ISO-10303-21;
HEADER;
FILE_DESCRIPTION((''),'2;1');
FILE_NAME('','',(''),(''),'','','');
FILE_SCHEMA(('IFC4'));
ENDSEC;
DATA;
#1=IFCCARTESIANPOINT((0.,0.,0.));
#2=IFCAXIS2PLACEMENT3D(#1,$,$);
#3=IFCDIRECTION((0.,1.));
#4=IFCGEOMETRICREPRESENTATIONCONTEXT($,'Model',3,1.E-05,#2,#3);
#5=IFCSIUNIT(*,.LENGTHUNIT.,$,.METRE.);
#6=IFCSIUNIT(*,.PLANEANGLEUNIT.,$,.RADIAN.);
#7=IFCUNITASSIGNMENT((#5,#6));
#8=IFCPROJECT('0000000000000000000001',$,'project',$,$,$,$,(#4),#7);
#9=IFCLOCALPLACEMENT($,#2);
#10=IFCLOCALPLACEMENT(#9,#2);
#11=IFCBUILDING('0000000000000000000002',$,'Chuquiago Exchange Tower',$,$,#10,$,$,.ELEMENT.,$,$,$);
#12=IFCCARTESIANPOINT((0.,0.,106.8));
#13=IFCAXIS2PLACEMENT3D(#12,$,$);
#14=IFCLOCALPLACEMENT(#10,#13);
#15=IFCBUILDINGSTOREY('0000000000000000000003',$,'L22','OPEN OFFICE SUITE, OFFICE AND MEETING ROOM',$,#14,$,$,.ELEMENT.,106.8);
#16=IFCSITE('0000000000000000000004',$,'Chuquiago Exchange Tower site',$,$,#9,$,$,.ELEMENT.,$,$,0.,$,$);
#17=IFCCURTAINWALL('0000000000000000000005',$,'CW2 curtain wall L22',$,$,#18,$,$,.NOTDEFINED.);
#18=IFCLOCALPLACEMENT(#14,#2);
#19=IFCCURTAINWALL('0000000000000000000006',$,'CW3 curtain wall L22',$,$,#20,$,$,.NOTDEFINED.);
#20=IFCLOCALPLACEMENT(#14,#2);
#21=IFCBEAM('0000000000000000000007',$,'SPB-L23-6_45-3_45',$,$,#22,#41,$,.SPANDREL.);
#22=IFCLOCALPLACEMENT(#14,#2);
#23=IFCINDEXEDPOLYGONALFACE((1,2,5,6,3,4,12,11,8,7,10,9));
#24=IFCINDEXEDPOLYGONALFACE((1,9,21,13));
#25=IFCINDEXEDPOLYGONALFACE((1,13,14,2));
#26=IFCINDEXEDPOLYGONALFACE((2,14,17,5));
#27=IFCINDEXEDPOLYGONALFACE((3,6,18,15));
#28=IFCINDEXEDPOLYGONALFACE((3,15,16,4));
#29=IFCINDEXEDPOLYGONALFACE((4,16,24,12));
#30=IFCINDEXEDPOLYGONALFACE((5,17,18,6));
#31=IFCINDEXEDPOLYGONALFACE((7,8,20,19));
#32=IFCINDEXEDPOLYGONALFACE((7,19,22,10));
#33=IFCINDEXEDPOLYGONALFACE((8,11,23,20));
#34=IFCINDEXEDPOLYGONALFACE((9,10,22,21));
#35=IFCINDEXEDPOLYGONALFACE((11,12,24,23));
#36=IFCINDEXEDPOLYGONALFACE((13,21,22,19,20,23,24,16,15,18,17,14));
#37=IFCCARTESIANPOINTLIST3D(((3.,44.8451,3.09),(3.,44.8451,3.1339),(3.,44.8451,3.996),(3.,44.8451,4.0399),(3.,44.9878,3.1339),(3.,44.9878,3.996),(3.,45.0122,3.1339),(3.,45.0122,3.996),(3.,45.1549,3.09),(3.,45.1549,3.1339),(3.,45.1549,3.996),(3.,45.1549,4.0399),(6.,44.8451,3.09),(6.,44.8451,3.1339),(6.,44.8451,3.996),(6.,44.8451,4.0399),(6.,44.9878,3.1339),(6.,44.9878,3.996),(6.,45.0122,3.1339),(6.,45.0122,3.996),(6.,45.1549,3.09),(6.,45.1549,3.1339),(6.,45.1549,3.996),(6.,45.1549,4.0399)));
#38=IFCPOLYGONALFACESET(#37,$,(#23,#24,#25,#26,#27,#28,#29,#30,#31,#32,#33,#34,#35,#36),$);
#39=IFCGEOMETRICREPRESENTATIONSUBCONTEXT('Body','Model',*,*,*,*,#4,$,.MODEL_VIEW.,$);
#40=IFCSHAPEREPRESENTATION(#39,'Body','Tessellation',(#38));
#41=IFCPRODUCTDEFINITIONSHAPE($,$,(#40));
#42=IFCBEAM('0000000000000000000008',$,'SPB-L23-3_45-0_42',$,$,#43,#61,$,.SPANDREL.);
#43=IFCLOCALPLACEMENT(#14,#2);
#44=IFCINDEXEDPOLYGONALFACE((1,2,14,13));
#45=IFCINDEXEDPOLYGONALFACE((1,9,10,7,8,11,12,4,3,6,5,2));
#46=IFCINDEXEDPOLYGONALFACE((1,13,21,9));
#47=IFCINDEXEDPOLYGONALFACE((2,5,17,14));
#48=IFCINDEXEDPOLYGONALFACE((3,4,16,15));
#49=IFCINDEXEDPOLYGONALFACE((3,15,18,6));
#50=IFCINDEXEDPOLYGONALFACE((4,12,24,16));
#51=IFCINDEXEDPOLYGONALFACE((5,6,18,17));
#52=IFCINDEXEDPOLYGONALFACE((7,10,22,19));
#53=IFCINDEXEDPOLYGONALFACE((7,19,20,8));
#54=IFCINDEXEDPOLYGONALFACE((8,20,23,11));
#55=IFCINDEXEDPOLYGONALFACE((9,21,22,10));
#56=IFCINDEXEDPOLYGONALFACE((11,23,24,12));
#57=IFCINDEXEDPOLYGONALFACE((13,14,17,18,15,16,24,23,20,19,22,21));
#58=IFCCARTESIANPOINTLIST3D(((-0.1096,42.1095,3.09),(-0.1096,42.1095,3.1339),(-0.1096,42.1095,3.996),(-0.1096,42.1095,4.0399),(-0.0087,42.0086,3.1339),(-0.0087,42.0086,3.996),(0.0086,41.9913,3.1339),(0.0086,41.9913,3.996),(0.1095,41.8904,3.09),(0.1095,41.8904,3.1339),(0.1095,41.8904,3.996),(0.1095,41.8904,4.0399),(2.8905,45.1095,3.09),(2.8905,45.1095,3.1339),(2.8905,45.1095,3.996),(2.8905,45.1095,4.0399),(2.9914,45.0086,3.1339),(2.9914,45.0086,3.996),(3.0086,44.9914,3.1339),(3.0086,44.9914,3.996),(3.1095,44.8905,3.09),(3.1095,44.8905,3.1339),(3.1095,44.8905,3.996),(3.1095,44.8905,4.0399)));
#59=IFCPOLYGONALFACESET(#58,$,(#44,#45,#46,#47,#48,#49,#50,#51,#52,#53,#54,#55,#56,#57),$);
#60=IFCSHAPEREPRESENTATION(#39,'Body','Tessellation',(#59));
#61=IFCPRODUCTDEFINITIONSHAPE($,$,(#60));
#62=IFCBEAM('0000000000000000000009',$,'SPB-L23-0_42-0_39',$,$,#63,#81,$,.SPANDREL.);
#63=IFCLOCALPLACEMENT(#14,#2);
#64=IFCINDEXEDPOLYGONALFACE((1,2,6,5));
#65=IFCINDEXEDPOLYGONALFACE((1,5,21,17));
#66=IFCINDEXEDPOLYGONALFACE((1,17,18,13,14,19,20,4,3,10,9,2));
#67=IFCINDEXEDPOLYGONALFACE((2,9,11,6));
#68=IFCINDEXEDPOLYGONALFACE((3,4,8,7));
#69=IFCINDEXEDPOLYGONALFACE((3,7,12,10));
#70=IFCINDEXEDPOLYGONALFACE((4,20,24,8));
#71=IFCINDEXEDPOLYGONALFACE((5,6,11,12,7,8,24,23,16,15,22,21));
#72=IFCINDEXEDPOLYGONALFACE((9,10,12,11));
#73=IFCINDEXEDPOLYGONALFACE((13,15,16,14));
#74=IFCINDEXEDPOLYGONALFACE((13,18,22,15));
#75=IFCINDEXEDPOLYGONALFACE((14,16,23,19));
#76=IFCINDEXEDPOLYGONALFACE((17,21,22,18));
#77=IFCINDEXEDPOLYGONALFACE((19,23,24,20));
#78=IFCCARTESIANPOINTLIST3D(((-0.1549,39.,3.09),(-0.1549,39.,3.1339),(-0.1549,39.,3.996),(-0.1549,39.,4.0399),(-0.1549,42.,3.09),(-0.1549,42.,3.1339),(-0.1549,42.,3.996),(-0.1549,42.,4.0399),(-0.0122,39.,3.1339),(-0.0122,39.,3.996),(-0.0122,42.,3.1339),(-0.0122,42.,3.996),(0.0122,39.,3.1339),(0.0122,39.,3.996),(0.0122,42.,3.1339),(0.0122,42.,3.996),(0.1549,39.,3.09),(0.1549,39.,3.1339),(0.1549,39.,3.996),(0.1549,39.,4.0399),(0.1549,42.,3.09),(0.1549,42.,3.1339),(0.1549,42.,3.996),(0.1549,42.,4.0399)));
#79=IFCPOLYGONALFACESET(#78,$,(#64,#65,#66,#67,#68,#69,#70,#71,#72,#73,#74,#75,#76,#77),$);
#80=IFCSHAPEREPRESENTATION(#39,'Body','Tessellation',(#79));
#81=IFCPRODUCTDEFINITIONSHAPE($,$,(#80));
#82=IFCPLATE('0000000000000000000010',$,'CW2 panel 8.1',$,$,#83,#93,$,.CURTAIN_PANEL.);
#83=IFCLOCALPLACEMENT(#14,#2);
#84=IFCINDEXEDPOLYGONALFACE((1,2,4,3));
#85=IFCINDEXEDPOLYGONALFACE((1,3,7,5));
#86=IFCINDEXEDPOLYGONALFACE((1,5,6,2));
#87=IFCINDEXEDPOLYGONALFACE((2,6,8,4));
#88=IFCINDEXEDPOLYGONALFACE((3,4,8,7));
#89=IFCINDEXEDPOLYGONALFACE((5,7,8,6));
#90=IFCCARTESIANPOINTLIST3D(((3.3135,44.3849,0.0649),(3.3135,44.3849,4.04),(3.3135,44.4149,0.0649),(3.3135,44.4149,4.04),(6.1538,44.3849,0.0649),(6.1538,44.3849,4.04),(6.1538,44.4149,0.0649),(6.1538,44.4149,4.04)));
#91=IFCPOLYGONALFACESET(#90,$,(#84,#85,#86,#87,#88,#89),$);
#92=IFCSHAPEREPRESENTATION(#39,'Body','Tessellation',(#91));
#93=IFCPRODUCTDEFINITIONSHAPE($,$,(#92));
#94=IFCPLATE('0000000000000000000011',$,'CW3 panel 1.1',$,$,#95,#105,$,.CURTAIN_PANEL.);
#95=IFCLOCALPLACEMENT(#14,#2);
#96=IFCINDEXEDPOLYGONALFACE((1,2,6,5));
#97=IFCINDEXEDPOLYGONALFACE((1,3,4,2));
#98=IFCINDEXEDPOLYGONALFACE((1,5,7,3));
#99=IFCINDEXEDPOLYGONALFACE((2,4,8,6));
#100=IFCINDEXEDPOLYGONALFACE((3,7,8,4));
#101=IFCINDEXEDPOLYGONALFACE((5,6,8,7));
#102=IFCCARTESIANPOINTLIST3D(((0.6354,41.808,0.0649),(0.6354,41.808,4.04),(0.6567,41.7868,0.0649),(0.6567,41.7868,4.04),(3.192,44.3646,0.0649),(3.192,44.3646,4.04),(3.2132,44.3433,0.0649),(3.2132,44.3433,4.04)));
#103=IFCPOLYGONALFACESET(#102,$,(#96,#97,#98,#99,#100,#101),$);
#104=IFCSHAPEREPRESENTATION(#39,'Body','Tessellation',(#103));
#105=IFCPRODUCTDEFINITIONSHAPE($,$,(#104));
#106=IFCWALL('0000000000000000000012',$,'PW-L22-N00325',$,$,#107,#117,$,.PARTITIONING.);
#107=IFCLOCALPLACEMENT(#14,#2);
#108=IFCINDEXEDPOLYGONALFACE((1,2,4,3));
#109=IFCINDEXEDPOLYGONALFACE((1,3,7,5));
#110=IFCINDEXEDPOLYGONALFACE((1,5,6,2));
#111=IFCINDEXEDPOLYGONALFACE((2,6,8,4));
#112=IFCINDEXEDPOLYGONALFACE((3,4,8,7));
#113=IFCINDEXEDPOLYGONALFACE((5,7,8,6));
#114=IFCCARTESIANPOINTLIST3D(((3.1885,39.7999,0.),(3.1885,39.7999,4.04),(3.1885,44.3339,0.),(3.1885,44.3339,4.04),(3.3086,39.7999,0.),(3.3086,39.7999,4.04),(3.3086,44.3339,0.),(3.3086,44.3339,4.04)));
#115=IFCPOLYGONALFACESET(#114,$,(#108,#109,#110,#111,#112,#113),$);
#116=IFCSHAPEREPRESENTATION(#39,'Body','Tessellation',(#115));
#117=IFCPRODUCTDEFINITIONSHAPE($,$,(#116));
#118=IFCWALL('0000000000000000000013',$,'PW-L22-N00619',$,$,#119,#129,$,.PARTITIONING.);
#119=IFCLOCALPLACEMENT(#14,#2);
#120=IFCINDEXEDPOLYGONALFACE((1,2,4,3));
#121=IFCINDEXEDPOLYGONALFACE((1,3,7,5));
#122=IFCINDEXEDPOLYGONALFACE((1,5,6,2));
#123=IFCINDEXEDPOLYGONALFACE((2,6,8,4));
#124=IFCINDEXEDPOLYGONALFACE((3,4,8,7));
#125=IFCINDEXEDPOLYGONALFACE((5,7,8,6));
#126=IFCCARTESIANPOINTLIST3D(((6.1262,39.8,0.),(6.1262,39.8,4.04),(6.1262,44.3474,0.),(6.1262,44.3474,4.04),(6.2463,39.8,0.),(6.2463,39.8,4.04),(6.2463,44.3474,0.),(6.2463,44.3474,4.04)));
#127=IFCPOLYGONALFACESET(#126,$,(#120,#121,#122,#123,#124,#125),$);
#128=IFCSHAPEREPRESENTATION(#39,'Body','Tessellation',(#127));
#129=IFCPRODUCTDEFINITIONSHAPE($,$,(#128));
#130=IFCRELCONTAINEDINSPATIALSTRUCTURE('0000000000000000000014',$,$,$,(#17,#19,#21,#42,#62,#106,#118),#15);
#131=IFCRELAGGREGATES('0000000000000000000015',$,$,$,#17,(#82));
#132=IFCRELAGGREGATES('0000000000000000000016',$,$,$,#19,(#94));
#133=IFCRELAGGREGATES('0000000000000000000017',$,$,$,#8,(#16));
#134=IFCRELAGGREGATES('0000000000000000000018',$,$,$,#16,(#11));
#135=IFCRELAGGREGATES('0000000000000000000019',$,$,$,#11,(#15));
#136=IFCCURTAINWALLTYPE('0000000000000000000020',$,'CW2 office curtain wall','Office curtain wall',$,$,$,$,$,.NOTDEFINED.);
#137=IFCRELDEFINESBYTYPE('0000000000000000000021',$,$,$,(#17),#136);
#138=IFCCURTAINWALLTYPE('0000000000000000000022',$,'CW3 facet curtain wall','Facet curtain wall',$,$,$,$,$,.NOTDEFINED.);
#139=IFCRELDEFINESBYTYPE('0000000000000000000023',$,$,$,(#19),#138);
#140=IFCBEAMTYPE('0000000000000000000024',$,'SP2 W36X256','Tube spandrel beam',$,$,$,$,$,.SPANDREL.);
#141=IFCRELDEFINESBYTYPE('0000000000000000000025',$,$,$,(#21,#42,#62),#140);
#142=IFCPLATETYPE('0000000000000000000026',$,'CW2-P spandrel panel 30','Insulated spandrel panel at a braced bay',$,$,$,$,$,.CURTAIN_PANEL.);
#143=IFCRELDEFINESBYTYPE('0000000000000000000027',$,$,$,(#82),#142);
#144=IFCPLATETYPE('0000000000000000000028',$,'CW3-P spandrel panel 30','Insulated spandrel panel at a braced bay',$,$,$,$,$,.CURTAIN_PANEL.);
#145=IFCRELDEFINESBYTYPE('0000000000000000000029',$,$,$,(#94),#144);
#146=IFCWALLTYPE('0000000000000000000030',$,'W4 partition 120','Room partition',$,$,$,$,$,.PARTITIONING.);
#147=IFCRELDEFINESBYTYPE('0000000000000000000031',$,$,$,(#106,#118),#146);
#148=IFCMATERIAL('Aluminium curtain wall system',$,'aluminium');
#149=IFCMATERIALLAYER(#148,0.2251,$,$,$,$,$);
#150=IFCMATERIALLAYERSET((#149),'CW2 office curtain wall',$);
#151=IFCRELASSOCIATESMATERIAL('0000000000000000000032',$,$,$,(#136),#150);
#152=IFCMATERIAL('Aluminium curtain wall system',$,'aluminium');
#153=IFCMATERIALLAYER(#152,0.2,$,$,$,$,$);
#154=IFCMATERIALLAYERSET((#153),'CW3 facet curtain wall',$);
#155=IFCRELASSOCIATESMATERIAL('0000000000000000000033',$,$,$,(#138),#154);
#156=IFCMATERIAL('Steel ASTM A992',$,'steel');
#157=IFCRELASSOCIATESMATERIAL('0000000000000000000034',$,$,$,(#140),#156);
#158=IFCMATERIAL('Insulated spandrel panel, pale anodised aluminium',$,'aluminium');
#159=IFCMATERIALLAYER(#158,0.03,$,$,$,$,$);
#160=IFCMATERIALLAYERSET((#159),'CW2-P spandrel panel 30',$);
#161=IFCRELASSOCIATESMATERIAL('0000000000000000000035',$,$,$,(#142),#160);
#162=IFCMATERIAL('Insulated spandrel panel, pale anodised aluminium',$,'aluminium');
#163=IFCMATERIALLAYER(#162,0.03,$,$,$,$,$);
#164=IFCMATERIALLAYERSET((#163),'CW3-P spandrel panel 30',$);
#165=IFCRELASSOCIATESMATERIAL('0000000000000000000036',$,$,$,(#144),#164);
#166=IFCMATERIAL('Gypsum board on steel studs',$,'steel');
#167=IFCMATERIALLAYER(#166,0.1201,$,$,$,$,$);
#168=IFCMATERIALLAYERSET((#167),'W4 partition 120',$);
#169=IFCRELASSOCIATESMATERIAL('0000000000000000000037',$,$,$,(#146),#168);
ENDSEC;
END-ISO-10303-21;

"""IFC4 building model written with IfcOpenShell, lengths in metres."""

from ifc_helpers import new_model, si_unit, direction, frame, frame_2d, origin, origin_2d, place, context, subcontext, project, spatial, rectangle, i_section, extrude, material, layer, layer_set, material_profile, profile_set, type_object, element, aggregate, save


model = new_model("IFC4")

# Units and contexts
model_context = context("Model", 3, precision=1e-05, world=origin(), true_north=direction((0.0, 1.0)))
body_context = subcontext(model_context, "Body", "Model", "MODEL_VIEW")
ifc_project = project(units=[si_unit("LENGTHUNIT", "METRE"), si_unit("PLANEANGLEUNIT", "RADIAN")], contexts=[model_context])

# Site, building, storey
site_placement = place(None, origin())
site = spatial("IfcSite", under=ifc_project, at=site_placement, Name="Chuquiago Exchange Tower site", CompositionType="ELEMENT", RefElevation=0.0)
building_placement = place(site_placement, origin())
building = spatial("IfcBuilding", under=site, at=building_placement, Name="Chuquiago Exchange Tower", CompositionType="ELEMENT")
storey_placement = place(building_placement, frame((0.0, 0.0, 106.8)))
storey = spatial("IfcBuildingStorey", under=building, at=storey_placement, Name="L22", Description="OPEN OFFICE SUITE, OFFICE AND MEETING ROOM", CompositionType="ELEMENT", Elevation=106.8)

# Curtain walls
ifc_material_1 = material(Name="Aluminium curtain wall system", Category="aluminium")
ifc_layer_1 = layer(ifc_material_1, 0.2251)
ifc_layer_set_1 = layer_set([ifc_layer_1], Name="CW2 office curtain wall")
curtain_wall_type_1 = type_object("IfcCurtainWallType", Name="CW2 office curtain wall", Description="Office curtain wall", PredefinedType="NOTDEFINED", material=ifc_layer_set_1)
curtain_wall_1_placement = place(storey_placement, origin())
curtain_wall_1 = element("IfcCurtainWall", 1, at=curtain_wall_1_placement, inside=storey, type_object=curtain_wall_type_1, Name="CW2 curtain wall L22", PredefinedType="NOTDEFINED")
ifc_material_2 = material(Name="Aluminium curtain wall system", Category="aluminium")
ifc_layer_2 = layer(ifc_material_2, 0.2)
ifc_layer_set_2 = layer_set([ifc_layer_2], Name="CW3 facet curtain wall")
curtain_wall_type_2 = type_object("IfcCurtainWallType", Name="CW3 facet curtain wall", Description="Facet curtain wall", PredefinedType="NOTDEFINED", material=ifc_layer_set_2)
curtain_wall_2_placement = place(storey_placement, origin())
curtain_wall_2 = element("IfcCurtainWall", 2, at=curtain_wall_2_placement, inside=storey, type_object=curtain_wall_type_2, Name="CW3 curtain wall L22", PredefinedType="NOTDEFINED")

# Beams
ifc_material_3 = material(Name="Steel ASTM A992", Category="steel")
ifc_material_profile_1 = material_profile(ifc_material_3, i_section(OverallWidth=0.3098, OverallDepth=0.95, WebThickness=0.0244, FlangeThickness=0.0439, at=origin_2d()), Name="W36X256")
ifc_profile_set_1 = profile_set([ifc_material_profile_1], Name="Steel ASTM A992")
beam_type = type_object("IfcBeamType", Name="SP2 W36X256", Description="Tube spandrel beam", PredefinedType="SPANDREL", material=ifc_profile_set_1)
beam_1_placement = place(storey_placement, frame((6.0, 45.0, 3.5649), z_axis=(-1.0, 0.0, 0.0), x_axis=(0.0, -1.0, 0.0)))
element("IfcBeam", 3, at=beam_1_placement, inside=storey, type_object=beam_type, Name="SPB-L23-6_45-3_45", PredefinedType="SPANDREL", context=body_context, shape_type="SweptSolid", body=[
    extrude(i_section(OverallWidth=0.3098, OverallDepth=0.95, WebThickness=0.0244, FlangeThickness=0.0439, at=origin_2d()), origin(), (0.0, 0.0, 1.0), 3.0),
])
beam_2_placement = place(storey_placement, frame((3.0, 45.0, 3.5649), z_axis=(-0.707107, -0.707107, 0.0), x_axis=(0.707107, -0.707107, 0.0)))
element("IfcBeam", 4, at=beam_2_placement, inside=storey, type_object=beam_type, Name="SPB-L23-3_45-0_42", PredefinedType="SPANDREL", context=body_context, shape_type="SweptSolid", body=[
    extrude(i_section(OverallWidth=0.3098, OverallDepth=0.95, WebThickness=0.0244, FlangeThickness=0.0439, at=origin_2d()), origin(), (0.0, 0.0, 1.0), 4.2427),
])
beam_3_placement = place(storey_placement, frame((0.0, 42.0, 3.5649), z_axis=(0.0, -1.0, 0.0), x_axis=(1.0, 0.0, 0.0)))
element("IfcBeam", 5, at=beam_3_placement, inside=storey, type_object=beam_type, Name="SPB-L23-0_42-0_39", PredefinedType="SPANDREL", context=body_context, shape_type="SweptSolid", body=[
    extrude(i_section(OverallWidth=0.3098, OverallDepth=0.95, WebThickness=0.0244, FlangeThickness=0.0439, at=origin_2d()), origin(), (0.0, 0.0, 1.0), 3.0),
])

# Plates
ifc_material_4 = material(Name="Insulated spandrel panel, pale anodised aluminium", Category="aluminium")
ifc_layer_3 = layer(ifc_material_4, 0.03)
ifc_layer_set_3 = layer_set([ifc_layer_3], Name="CW2-P spandrel panel 30")
plate_type_1 = type_object("IfcPlateType", Name="CW2-P spandrel panel 30", Description="Insulated spandrel panel at a braced bay", PredefinedType="CURTAIN_PANEL", material=ifc_layer_set_3)
plate_1_placement = place(storey_placement, frame((4.7336, 44.3999, 0.0649), z_axis=(0.0, 0.0, 1.0), x_axis=(-1.0, 0.0, 0.0)))
plate_1 = element("IfcPlate", 6, at=plate_1_placement, type_object=plate_type_1, Name="CW2 panel 8.1", PredefinedType="CURTAIN_PANEL", context=body_context, shape_type="SweptSolid", body=[
    extrude(rectangle(XDim=2.8403, YDim=0.03, at=origin_2d()), origin(), (0.0, 0.0, 1.0), 3.9751),
])
aggregate(curtain_wall_1, [plate_1])
ifc_material_5 = material(Name="Insulated spandrel panel, pale anodised aluminium", Category="aluminium")
ifc_layer_4 = layer(ifc_material_5, 0.03)
ifc_layer_set_4 = layer_set([ifc_layer_4], Name="CW3-P spandrel panel 30")
plate_type_2 = type_object("IfcPlateType", Name="CW3-P spandrel panel 30", Description="Insulated spandrel panel at a braced bay", PredefinedType="CURTAIN_PANEL", material=ifc_layer_set_4)
plate_2_placement = place(storey_placement, frame((1.9243, 43.0757, 0.0649), z_axis=(0.0, 0.0, 1.0), x_axis=(-0.707107, -0.707107, 0.0)))
plate_2 = element("IfcPlate", 7, at=plate_2_placement, type_object=plate_type_2, Name="CW3 panel 1.1", PredefinedType="CURTAIN_PANEL", context=body_context, shape_type="SweptSolid", body=[
    extrude(rectangle(XDim=3.6155, YDim=0.03, at=origin_2d()), origin(), (0.0, 0.0, 1.0), 3.9751),
])
aggregate(curtain_wall_2, [plate_2])

# Walls
ifc_material_6 = material(Name="Gypsum board on steel studs", Category="steel")
ifc_layer_5 = layer(ifc_material_6, 0.1201)
ifc_layer_set_5 = layer_set([ifc_layer_5], Name="W4 partition 120")
wall_type = type_object("IfcWallType", Name="W4 partition 120", Description="Room partition", PredefinedType="PARTITIONING", material=ifc_layer_set_5)
wall_1_placement = place(storey_placement, frame((3.2485, 44.334, 0.0), z_axis=(0.0, 0.0, 1.0), x_axis=(0.0, -1.0, 0.0)))
element("IfcWall", 8, at=wall_1_placement, inside=storey, type_object=wall_type, Name="PW-L22-N00325", PredefinedType="PARTITIONING", context=body_context, shape_type="SweptSolid", body=[
    extrude(rectangle(XDim=4.5339, YDim=0.1201, at=frame_2d((2.2671, 0.0))), origin(), (0.0, 0.0, 1.0), 4.04),
])
wall_2_placement = place(storey_placement, frame((6.1863, 44.3474, 0.0), z_axis=(0.0, 0.0, 1.0), x_axis=(0.0, -1.0, 0.0)))
element("IfcWall", 9, at=wall_2_placement, inside=storey, type_object=wall_type, Name="PW-L22-N00619", PredefinedType="PARTITIONING", context=body_context, shape_type="SweptSolid", body=[
    extrude(rectangle(XDim=4.5474, YDim=0.1201, at=frame_2d((2.2737, 0.0))), origin(), (0.0, 0.0, 1.0), 4.04),
])

save(model, "model.ifc")
